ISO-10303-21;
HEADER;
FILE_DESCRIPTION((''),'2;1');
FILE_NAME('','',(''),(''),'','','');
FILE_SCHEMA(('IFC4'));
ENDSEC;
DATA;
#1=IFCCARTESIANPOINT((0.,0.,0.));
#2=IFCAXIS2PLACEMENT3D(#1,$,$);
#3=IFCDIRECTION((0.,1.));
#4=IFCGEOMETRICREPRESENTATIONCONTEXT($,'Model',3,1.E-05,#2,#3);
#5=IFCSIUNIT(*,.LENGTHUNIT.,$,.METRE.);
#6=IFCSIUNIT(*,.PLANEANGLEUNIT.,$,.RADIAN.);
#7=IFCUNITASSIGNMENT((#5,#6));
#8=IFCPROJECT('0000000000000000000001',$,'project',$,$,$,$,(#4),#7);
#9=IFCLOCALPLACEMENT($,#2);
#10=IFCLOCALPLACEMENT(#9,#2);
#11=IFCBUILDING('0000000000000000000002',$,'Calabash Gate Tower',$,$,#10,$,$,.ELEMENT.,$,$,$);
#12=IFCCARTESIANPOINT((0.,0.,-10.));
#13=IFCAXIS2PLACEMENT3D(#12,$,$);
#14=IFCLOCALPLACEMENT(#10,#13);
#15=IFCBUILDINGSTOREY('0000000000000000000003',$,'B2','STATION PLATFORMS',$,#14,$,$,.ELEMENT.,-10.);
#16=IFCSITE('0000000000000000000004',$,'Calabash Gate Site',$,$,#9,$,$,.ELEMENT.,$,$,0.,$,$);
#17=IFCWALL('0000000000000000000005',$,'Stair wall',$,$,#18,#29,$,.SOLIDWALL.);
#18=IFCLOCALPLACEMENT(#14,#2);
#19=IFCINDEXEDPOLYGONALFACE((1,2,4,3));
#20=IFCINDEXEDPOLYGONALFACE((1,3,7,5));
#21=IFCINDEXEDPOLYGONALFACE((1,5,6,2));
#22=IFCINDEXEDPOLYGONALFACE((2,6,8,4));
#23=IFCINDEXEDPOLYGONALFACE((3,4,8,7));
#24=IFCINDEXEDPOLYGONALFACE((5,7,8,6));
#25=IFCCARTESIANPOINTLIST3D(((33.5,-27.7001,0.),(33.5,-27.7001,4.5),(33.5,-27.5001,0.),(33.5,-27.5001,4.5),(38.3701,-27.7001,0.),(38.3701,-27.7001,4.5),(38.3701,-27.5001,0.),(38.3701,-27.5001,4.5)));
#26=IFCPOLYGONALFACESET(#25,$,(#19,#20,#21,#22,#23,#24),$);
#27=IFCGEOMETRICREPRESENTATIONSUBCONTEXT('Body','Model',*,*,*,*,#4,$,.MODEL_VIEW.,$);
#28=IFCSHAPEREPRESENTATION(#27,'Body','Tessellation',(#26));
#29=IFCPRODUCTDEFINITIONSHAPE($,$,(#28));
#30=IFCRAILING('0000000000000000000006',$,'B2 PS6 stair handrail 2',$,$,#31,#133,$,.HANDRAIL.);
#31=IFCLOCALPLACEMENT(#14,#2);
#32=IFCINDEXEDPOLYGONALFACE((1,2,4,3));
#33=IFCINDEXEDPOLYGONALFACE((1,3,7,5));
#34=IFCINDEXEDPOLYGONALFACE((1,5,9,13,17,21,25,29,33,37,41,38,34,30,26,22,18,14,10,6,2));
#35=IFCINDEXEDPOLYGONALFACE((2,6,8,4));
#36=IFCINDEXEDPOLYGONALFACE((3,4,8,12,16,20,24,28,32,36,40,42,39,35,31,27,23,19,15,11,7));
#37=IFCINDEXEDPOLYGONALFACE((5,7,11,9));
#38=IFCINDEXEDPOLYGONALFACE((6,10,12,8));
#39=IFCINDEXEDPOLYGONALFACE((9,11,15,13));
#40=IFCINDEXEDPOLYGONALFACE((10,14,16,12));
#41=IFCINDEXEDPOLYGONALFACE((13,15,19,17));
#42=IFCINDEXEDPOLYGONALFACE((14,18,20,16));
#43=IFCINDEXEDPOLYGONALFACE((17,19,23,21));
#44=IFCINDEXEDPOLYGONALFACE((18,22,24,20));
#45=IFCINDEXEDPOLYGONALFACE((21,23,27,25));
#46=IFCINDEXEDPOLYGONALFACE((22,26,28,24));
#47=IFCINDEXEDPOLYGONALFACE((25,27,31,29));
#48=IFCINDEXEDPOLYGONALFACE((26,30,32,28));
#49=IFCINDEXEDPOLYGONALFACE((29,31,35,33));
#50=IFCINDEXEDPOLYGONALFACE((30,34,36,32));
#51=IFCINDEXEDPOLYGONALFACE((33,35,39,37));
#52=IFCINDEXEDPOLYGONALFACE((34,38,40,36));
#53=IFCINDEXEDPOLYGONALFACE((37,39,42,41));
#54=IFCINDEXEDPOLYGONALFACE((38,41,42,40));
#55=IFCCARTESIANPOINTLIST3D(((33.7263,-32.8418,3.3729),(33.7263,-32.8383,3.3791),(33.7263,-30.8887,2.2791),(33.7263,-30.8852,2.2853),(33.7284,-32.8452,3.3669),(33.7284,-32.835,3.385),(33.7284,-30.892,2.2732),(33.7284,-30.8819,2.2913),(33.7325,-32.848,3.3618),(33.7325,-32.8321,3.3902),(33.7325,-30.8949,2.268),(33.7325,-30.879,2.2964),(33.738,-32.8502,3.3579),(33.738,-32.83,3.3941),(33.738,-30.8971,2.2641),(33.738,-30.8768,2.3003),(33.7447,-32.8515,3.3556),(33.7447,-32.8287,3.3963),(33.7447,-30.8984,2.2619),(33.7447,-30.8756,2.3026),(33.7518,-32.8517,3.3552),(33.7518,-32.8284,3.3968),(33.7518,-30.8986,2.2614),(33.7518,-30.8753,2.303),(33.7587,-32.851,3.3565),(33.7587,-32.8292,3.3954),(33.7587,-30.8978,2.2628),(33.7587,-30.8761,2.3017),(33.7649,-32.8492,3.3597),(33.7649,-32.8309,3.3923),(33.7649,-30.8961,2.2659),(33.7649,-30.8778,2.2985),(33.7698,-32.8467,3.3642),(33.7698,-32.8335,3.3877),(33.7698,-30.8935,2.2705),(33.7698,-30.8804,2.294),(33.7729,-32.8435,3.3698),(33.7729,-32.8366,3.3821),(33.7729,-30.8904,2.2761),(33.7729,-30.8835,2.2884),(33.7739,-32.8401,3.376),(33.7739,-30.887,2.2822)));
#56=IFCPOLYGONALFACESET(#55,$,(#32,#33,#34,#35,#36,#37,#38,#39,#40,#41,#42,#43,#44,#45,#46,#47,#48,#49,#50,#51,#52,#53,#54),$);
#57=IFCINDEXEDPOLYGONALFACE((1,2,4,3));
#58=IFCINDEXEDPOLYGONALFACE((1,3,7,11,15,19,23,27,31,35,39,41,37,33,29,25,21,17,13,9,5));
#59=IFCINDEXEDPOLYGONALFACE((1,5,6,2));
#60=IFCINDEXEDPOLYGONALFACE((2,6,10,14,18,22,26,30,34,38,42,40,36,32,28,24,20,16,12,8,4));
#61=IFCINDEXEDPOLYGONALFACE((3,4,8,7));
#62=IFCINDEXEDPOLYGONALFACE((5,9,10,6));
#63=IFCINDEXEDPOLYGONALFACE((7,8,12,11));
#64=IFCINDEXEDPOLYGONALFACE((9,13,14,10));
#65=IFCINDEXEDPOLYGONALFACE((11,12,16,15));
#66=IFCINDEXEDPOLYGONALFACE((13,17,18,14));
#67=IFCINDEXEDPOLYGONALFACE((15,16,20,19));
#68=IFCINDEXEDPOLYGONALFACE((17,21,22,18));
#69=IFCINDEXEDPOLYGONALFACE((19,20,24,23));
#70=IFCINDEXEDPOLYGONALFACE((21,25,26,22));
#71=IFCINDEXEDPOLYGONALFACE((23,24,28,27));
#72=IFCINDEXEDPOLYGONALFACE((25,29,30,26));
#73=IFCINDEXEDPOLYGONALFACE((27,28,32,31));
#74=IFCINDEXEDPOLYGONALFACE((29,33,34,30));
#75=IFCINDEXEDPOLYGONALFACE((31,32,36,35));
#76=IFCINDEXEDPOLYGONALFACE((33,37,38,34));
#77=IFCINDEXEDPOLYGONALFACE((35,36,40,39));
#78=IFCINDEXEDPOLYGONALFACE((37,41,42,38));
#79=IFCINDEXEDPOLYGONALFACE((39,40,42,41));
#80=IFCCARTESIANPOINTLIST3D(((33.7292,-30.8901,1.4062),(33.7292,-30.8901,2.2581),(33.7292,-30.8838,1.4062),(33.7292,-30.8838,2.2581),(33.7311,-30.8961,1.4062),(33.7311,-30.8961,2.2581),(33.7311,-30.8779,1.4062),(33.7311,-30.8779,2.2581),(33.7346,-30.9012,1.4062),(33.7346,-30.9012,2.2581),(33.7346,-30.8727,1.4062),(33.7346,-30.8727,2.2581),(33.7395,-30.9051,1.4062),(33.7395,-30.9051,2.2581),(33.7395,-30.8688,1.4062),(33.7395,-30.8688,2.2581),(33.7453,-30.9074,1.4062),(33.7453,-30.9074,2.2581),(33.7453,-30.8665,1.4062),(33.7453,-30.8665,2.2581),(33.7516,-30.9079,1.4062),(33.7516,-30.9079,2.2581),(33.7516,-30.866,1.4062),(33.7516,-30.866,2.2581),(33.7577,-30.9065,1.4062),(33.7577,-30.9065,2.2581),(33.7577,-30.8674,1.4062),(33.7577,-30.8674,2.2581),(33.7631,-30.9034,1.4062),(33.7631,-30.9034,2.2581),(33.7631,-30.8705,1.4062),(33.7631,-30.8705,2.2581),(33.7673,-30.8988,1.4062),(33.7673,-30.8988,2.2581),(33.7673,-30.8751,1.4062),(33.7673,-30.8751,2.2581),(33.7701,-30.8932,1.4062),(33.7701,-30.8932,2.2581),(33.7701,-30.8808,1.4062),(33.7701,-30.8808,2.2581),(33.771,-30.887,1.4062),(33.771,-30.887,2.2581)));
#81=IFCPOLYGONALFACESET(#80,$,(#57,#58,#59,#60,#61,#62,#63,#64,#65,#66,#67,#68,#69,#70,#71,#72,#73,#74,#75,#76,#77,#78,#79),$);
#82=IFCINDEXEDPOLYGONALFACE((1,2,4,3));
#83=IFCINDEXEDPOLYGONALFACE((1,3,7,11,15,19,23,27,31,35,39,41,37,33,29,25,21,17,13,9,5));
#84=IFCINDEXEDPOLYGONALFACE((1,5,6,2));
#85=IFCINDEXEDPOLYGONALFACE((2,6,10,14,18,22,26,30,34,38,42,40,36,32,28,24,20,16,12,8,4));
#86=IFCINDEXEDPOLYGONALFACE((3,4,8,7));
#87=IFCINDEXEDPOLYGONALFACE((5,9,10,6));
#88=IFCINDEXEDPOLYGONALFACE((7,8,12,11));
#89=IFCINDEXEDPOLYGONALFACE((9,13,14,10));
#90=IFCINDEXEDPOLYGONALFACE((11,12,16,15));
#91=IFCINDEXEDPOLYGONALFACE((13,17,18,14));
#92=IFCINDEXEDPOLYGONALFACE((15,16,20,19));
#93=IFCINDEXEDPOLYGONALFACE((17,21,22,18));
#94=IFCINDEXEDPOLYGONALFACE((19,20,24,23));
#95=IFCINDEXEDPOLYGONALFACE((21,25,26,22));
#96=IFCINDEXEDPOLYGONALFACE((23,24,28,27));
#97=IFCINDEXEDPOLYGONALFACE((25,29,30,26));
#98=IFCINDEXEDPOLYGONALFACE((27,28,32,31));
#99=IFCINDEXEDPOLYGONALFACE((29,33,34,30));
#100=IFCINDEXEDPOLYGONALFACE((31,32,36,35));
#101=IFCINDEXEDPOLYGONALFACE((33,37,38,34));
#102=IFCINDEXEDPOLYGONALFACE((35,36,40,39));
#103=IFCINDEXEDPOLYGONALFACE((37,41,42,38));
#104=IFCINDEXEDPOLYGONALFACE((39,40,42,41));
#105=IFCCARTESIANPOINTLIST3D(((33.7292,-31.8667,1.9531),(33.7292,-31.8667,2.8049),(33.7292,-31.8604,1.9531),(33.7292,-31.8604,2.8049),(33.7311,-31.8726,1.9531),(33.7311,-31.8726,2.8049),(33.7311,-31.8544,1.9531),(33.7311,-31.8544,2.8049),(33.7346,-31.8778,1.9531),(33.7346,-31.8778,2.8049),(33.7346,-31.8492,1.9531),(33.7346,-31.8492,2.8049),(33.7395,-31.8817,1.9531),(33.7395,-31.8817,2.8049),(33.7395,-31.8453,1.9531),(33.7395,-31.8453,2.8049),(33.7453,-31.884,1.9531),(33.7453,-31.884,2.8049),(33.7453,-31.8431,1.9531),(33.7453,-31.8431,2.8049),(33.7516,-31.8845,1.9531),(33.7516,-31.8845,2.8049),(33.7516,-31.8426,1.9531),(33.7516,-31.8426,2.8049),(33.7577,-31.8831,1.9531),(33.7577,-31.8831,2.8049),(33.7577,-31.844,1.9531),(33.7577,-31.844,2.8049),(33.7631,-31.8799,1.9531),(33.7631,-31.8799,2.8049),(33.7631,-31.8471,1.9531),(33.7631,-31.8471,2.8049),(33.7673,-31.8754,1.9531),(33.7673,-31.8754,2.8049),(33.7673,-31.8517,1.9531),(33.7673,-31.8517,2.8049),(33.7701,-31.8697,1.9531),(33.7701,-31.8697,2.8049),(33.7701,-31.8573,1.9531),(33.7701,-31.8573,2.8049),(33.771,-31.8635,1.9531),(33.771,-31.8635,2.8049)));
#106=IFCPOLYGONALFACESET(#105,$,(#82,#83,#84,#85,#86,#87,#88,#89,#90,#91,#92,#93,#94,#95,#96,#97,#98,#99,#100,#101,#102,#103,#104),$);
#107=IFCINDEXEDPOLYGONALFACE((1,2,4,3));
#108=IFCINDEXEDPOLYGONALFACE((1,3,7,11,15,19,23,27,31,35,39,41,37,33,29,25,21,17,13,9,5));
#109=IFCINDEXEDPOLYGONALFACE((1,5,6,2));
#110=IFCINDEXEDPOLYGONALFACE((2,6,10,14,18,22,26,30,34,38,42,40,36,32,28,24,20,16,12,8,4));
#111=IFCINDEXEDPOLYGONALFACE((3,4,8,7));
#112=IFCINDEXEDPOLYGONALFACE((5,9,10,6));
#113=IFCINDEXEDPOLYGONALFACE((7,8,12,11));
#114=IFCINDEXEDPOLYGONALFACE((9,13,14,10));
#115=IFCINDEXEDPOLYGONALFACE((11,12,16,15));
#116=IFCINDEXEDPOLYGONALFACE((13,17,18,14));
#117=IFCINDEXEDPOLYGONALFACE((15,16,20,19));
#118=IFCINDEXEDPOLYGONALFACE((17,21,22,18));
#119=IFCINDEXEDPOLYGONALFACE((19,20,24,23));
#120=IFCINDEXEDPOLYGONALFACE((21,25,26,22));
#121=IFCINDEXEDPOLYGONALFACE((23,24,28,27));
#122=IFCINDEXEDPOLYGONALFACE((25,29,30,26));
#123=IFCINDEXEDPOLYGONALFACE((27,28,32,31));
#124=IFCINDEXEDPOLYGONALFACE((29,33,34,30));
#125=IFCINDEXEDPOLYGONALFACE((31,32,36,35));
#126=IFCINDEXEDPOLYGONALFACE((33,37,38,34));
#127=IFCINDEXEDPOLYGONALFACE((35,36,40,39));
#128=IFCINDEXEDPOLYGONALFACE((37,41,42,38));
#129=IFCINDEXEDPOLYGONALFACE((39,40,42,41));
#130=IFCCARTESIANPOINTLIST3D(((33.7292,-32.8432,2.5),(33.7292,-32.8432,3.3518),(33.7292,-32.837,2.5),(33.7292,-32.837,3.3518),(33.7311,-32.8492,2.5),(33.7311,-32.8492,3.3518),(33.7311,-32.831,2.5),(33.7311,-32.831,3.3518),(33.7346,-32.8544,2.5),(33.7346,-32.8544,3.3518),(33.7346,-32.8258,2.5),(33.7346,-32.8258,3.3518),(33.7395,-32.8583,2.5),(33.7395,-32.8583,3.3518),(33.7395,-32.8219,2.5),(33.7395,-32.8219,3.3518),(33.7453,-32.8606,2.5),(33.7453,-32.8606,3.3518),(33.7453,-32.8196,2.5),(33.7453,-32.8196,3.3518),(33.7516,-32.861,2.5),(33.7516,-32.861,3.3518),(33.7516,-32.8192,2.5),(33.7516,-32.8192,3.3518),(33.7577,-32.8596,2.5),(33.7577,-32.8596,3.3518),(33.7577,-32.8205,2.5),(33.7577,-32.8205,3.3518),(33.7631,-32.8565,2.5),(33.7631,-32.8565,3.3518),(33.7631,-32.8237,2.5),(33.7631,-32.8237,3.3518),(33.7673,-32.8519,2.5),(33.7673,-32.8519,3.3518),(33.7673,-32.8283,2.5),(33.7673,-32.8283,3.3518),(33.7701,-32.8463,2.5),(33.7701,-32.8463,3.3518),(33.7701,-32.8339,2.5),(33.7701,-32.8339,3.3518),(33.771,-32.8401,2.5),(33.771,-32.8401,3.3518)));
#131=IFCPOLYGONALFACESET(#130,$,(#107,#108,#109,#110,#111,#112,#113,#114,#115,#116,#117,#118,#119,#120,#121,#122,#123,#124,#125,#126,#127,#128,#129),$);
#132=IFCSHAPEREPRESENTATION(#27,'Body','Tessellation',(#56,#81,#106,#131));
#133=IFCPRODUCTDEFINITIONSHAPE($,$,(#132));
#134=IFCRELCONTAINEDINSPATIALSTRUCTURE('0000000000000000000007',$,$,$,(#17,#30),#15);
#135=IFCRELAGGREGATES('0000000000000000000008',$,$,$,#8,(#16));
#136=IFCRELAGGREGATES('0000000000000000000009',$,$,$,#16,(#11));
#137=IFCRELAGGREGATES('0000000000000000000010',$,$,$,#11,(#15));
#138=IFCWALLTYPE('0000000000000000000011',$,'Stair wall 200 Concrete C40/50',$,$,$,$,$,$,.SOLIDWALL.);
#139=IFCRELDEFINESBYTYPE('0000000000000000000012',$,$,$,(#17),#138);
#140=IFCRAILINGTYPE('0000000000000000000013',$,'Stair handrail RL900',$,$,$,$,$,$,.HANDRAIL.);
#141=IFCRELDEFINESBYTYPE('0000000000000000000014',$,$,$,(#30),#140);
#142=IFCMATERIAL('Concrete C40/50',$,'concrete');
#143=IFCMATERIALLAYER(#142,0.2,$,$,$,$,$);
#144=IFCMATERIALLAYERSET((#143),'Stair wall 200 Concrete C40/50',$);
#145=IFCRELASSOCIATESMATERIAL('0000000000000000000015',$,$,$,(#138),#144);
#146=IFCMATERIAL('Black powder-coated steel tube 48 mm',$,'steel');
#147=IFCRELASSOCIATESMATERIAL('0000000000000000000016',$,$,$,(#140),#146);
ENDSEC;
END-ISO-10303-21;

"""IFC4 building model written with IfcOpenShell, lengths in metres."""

from ifc_helpers import new_model, si_unit, direction, frame, frame_2d, origin, origin_2d, place, context, subcontext, project, spatial, rectangle, circle, extrude, material, layer, layer_set, type_object, element, save


model = new_model("IFC4")

# Units and contexts
model_context = context("Model", 3, precision=1e-05, world=origin(), true_north=direction((0.0, 1.0)))
body_context = subcontext(model_context, "Body", "Model", "MODEL_VIEW")
ifc_project = project(units=[si_unit("LENGTHUNIT", "METRE"), si_unit("PLANEANGLEUNIT", "RADIAN")], contexts=[model_context])

# Site, building, storey
site_placement = place(None, origin())
site = spatial("IfcSite", under=ifc_project, at=site_placement, Name="Calabash Gate Site", CompositionType="ELEMENT", RefElevation=0.0)
building_placement = place(site_placement, origin())
building = spatial("IfcBuilding", under=site, at=building_placement, Name="Calabash Gate Tower", CompositionType="ELEMENT")
storey_placement = place(building_placement, frame((0.0, 0.0, -10.0)))
storey = spatial("IfcBuildingStorey", under=building, at=storey_placement, Name="B2", Description="STATION PLATFORMS", CompositionType="ELEMENT", Elevation=-10.0)

# Shared definitions
ifc_material_1 = material(Name="Concrete C40/50", Category="concrete")
ifc_layer_1 = layer(ifc_material_1, 0.2)
ifc_layer_set_1 = layer_set([ifc_layer_1], Name="Stair wall 200 Concrete C40/50")
wall_type_1 = type_object("IfcWallType", Name="Stair wall 200 Concrete C40/50", PredefinedType="SOLIDWALL", material=ifc_layer_set_1)

# Wall
wall_1_placement = place(storey_placement, frame((33.5, -27.6001, 0.0), z_axis=(0.0, 0.0, 1.0), x_axis=(1.0, 0.0, 0.0)))
element("IfcWall", 1, at=wall_1_placement, inside=storey, type_object=wall_type_1, Name="Stair wall", PredefinedType="SOLIDWALL", context=body_context, shape_type="SweptSolid", body=[
    extrude(rectangle(XDim=4.8701, YDim=0.2, at=frame_2d((2.4351, 0.0))), origin(), (0.0, 0.0, 1.0), 4.5),
])

# Railing
ifc_material_2 = material(Name="Black powder-coated steel tube 48 mm", Category="steel")
railing_type = type_object("IfcRailingType", Name="Stair handrail RL900", PredefinedType="HANDRAIL", material=ifc_material_2)
for number, where, name in (
    (2, (33.75, -30.887, 1.4062), "B2 PS6 stair handrail 2"),
):
    element("IfcRailing", number, at=place(storey_placement, frame(where)), inside=storey, type_object=railing_type, Name=name, PredefinedType="HANDRAIL", context=body_context, shape_type="SweptSolid", body=[
        extrude(circle(Radius=0.0239, at=origin_2d()), frame((0.0, 0.0, 0.876), z_axis=(0.0, -0.872506, 0.488603), x_axis=(1.0, 0.0, 0.0)), (0.0, 0.0, 1.0), 2.2385),
        extrude(circle(Radius=0.021, at=origin_2d()), origin(), (0.0, 0.0, 1.0), 0.8518),
        extrude(circle(Radius=0.021, at=origin_2d()), frame((0.0, -0.9766, 0.5469)), (0.0, 0.0, 1.0), 0.8518),
        extrude(circle(Radius=0.021, at=origin_2d()), frame((0.0, -1.9531, 1.0938)), (0.0, 0.0, 1.0), 0.8518),
    ])

save(model, "model.ifc")
